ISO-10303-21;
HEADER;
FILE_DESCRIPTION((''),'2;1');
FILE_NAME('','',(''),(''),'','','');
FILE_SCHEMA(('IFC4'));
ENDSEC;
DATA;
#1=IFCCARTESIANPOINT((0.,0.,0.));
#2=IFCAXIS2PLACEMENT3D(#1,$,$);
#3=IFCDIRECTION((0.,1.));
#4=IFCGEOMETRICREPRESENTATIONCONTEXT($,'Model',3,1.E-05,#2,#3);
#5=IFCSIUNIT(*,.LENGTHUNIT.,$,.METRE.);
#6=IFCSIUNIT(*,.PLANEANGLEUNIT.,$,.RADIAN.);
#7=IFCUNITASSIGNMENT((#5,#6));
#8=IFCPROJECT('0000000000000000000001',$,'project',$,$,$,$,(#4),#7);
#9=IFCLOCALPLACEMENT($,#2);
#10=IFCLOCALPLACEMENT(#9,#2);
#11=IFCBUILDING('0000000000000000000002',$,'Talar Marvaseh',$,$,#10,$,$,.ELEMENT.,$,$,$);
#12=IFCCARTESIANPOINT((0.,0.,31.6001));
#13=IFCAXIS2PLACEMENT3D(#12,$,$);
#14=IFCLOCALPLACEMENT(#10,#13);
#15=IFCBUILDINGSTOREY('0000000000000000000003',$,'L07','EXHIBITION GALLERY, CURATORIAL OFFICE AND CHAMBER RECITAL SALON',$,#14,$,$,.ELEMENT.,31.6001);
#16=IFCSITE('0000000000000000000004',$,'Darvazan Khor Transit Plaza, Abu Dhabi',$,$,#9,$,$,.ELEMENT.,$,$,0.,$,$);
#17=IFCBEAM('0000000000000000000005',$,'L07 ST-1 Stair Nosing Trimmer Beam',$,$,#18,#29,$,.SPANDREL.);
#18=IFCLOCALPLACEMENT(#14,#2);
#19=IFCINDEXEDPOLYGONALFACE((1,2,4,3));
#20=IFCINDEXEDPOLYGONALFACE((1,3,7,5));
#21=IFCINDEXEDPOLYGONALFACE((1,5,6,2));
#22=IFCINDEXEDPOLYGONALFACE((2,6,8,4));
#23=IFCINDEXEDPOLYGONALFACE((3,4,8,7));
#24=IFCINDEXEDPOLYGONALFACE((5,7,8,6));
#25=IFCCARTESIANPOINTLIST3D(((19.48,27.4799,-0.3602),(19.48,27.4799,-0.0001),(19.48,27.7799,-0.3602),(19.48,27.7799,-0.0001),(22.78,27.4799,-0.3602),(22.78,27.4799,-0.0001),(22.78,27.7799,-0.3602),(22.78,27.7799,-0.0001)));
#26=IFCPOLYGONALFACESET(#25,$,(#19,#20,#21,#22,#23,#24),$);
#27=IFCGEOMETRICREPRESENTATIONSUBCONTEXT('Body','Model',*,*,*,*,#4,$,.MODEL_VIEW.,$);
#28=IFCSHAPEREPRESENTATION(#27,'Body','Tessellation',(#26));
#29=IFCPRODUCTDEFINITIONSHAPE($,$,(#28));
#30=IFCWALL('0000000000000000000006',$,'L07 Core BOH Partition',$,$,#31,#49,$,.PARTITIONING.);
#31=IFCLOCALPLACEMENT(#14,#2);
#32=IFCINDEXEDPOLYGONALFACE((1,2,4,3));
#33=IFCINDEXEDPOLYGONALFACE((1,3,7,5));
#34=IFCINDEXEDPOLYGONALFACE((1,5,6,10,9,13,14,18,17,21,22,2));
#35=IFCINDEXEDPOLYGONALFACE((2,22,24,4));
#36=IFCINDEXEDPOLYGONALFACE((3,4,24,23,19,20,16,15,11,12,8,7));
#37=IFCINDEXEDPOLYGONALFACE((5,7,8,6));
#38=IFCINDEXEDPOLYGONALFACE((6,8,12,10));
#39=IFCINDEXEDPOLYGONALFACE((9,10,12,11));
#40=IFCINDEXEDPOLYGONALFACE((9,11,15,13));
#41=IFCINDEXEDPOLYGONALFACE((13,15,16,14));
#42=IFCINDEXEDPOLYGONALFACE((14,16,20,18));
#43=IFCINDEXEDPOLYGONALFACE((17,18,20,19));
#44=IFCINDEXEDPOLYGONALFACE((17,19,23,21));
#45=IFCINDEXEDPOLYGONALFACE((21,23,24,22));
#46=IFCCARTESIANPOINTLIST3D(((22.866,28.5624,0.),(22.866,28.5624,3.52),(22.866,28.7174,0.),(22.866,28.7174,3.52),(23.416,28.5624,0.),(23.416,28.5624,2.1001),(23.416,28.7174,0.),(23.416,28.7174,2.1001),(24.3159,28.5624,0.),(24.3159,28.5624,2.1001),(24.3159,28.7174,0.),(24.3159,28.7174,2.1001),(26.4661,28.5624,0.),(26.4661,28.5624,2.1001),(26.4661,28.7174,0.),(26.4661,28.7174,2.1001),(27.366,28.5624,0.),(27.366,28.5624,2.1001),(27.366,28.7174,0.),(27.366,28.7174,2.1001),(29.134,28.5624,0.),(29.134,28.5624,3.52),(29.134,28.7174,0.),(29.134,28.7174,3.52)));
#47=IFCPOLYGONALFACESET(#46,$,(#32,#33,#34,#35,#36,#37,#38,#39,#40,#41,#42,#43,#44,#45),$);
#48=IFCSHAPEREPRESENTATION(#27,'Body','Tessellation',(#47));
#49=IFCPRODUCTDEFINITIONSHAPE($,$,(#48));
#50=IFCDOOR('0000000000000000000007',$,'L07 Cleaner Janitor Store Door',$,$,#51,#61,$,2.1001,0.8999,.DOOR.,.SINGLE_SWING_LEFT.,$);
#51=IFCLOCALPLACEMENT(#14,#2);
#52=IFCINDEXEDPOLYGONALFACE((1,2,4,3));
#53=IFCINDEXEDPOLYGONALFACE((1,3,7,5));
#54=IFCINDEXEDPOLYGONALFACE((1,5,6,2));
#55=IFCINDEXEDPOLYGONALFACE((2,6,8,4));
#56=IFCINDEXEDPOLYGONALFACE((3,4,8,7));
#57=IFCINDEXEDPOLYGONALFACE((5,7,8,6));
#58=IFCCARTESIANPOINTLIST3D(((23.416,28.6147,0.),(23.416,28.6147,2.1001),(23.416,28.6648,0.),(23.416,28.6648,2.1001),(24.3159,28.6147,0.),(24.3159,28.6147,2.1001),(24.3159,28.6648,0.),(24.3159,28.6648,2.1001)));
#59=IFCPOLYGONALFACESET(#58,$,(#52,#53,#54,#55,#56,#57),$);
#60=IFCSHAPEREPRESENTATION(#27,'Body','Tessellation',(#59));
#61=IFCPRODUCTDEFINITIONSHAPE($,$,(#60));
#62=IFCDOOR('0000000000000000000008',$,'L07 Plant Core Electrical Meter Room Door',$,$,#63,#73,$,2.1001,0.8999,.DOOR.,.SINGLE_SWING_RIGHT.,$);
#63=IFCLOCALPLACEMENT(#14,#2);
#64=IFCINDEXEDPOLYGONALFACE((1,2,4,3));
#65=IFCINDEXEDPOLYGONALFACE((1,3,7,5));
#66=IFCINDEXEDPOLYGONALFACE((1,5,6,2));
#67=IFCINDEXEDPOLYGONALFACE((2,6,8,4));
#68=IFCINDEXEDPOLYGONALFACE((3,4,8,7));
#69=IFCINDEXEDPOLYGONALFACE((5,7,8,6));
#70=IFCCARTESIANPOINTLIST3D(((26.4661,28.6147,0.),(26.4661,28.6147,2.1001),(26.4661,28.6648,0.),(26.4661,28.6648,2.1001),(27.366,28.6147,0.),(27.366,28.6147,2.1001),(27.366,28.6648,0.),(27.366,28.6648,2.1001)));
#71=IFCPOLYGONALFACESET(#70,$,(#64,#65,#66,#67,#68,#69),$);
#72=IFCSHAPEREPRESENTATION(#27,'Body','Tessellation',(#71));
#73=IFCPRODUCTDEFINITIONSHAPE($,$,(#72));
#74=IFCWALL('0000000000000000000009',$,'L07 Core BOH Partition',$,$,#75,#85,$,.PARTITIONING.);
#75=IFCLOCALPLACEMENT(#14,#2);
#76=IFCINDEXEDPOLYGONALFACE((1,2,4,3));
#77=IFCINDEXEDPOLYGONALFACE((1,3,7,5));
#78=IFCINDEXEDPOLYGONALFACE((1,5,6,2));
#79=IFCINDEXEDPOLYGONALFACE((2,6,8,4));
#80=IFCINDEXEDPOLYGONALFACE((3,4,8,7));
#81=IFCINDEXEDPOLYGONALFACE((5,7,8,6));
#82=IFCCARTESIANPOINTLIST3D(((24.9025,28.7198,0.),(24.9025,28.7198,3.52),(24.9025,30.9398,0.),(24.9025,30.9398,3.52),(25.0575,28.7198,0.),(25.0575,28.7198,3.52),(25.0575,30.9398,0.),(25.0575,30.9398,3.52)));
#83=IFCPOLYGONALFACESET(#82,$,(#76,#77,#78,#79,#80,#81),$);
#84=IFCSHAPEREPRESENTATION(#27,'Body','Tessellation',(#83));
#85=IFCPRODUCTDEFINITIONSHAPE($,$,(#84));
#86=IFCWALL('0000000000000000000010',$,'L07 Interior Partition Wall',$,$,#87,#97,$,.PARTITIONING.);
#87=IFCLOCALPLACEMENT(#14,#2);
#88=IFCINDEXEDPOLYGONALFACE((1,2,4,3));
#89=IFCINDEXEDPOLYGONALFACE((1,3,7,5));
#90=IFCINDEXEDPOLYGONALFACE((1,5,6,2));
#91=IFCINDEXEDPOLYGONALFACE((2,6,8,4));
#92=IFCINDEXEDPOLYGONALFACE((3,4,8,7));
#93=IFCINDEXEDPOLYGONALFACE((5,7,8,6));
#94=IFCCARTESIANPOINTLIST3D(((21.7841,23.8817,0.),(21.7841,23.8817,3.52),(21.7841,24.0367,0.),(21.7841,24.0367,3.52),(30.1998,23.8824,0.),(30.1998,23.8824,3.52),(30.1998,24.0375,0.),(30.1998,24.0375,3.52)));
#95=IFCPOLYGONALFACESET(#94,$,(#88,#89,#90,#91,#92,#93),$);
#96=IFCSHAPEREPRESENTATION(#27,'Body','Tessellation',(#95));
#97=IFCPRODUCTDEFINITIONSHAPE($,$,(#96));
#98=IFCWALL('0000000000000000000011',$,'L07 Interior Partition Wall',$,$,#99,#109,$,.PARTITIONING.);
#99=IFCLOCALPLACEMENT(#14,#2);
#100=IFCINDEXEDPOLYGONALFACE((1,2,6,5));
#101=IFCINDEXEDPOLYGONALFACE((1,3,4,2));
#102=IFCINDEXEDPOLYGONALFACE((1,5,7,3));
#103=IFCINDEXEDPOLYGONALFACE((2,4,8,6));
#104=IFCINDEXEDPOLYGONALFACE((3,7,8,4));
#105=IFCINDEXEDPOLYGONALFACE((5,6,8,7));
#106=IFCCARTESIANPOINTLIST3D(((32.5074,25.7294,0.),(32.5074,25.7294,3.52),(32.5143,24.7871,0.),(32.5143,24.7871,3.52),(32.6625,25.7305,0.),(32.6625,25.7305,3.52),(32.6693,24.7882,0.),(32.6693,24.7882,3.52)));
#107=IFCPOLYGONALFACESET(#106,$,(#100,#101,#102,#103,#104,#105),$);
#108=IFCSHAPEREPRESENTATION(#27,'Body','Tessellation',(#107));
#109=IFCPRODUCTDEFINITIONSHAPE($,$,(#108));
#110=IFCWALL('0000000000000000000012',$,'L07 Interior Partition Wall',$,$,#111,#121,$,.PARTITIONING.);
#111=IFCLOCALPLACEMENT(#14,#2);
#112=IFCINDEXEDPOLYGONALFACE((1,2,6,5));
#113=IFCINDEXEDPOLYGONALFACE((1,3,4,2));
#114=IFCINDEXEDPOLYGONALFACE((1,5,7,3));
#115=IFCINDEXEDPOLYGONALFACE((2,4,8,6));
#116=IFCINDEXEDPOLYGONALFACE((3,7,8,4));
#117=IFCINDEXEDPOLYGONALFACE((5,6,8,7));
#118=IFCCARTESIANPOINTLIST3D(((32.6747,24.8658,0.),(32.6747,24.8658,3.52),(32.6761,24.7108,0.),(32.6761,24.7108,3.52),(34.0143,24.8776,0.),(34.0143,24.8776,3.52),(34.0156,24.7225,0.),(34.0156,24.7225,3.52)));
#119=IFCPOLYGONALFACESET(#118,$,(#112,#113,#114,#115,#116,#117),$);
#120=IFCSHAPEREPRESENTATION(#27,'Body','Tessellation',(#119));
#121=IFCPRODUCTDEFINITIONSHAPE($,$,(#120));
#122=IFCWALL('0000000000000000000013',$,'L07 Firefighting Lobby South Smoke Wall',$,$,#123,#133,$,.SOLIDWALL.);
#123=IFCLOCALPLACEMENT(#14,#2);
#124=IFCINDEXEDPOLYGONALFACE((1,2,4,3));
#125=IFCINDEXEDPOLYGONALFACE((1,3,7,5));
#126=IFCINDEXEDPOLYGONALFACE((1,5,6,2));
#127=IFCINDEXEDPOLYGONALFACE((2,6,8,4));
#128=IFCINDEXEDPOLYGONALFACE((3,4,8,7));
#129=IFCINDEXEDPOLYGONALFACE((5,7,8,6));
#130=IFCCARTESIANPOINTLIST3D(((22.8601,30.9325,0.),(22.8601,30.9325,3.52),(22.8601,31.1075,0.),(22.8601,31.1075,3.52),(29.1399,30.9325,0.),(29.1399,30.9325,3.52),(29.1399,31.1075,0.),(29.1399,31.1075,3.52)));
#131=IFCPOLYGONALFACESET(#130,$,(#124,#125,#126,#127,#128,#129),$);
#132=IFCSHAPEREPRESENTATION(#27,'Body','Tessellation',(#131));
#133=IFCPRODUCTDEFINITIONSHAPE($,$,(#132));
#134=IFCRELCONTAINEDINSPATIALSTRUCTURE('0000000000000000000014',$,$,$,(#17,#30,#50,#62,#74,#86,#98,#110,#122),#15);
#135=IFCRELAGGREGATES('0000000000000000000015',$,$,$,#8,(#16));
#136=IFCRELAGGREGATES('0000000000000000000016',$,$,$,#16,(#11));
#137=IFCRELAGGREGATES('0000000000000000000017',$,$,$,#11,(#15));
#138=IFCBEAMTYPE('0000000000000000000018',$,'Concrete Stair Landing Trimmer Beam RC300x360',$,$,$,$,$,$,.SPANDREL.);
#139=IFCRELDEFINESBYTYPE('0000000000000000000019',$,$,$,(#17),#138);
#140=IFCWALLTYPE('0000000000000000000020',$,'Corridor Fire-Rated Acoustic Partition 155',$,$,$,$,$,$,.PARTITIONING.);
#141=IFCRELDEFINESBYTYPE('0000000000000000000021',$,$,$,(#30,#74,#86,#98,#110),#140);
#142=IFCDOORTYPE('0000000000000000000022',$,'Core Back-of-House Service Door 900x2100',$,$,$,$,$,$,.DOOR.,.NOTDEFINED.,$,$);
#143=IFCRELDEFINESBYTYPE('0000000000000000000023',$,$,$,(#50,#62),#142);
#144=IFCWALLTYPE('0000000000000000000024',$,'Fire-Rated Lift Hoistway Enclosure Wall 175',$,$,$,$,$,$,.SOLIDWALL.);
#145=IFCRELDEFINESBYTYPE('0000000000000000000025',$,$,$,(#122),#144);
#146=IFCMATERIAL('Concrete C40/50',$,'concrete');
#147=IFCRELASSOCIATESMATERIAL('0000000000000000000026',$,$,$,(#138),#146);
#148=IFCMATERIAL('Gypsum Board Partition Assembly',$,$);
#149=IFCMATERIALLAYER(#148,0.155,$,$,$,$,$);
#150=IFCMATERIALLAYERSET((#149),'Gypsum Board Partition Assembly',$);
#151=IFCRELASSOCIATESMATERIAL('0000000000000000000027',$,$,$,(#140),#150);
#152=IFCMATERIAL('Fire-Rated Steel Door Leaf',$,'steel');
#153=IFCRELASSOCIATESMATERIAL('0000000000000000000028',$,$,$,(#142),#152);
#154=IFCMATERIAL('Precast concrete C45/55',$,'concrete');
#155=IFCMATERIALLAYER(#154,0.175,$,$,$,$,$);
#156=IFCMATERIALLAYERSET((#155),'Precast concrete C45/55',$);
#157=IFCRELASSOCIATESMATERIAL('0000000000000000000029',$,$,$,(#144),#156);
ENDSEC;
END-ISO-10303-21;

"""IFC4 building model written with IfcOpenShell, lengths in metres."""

from ifc_helpers import new_model, si_unit, direction, frame, frame_2d, origin, origin_2d, place, context, subcontext, project, spatial, rectangle, extrude, source, transform, mapped, material, layer, layer_set, material_profile, profile_set, type_object, type_shapes, element, fill, save


model = new_model("IFC4")

# Units and contexts
model_context = context("Model", 3, precision=1e-05, world=origin(), true_north=direction((0.0, 1.0)))
body_context = subcontext(model_context, "Body", "Model", "MODEL_VIEW")
ifc_project = project(units=[si_unit("LENGTHUNIT", "METRE"), si_unit("PLANEANGLEUNIT", "RADIAN")], contexts=[model_context])

# Site, building, storey
site_placement = place(None, origin())
site = spatial("IfcSite", under=ifc_project, at=site_placement, Name="Darvazan Khor Transit Plaza, Abu Dhabi", CompositionType="ELEMENT", RefElevation=0.0)
building_placement = place(site_placement, origin())
building = spatial("IfcBuilding", under=site, at=building_placement, Name="Talar Marvaseh", CompositionType="ELEMENT")
storey_placement = place(building_placement, frame((0.0, 0.0, 31.6001)))
storey = spatial("IfcBuildingStorey", under=building, at=storey_placement, Name="L07", Description="EXHIBITION GALLERY, CURATORIAL OFFICE AND CHAMBER RECITAL SALON", CompositionType="ELEMENT", Elevation=31.6001)

# Beam
ifc_material_1 = material(Name="Concrete C40/50", Category="concrete")
ifc_material_profile = material_profile(ifc_material_1, rectangle(XDim=0.3, YDim=0.3601, at=origin_2d()), Name="RC300x360")
ifc_profile_set = profile_set([ifc_material_profile], Name="Concrete C40/50")
beam_type = type_object("IfcBeamType", Name="Concrete Stair Landing Trimmer Beam RC300x360", PredefinedType="SPANDREL", material=ifc_profile_set)
beam_placement = place(storey_placement, frame((22.78, 27.6299, -0.1802), z_axis=(-1.0, 0.0, 0.0), x_axis=(0.0, -1.0, 0.0)))
element("IfcBeam", 1, at=beam_placement, inside=storey, type_object=beam_type, Name="L07 ST-1 Stair Nosing Trimmer Beam", PredefinedType="SPANDREL", context=body_context, shape_type="SweptSolid", body=[
    extrude(rectangle(XDim=0.3, YDim=0.3601, at=origin_2d()), origin(), (0.0, 0.0, 1.0), 3.3),
])

# Wall, openings, doors
ifc_material_2 = material(Name="Gypsum Board Partition Assembly")
ifc_layer_1 = layer(ifc_material_2, 0.155)
ifc_layer_set_1 = layer_set([ifc_layer_1], Name="Gypsum Board Partition Assembly")
wall_type_1 = type_object("IfcWallType", Name="Corridor Fire-Rated Acoustic Partition 155", PredefinedType="PARTITIONING", material=ifc_layer_set_1)
wall_1_placement = place(storey_placement, frame((22.866, 28.6399, 0.0), z_axis=(0.0, 0.0, 1.0), x_axis=(1.0, 0.0, 0.0)))
wall_1 = element("IfcWall", 2, at=wall_1_placement, inside=storey, type_object=wall_type_1, Name="L07 Core BOH Partition", PredefinedType="PARTITIONING", context=body_context, shape_type="SweptSolid", body=[
    extrude(rectangle(XDim=6.2681, YDim=0.155, at=frame_2d((3.134, 0.0))), origin(), (0.0, 0.0, 1.0), 3.52),
])
opening_1_placement = place(wall_1_placement, frame((0.55, 0.0, 0.0)))
opening_1 = element("IfcOpeningElement", 3, at=opening_1_placement, cuts=wall_1, PredefinedType="OPENING", context=body_context, shape_type="SweptSolid", body=[
    extrude(rectangle(XDim=0.8999, YDim=2.1001, at=frame_2d((0.45, 1.05))), frame((0.0, 0.0874, 0.0), z_axis=(0.0, -1.0, 0.0), x_axis=(1.0, 0.0, 0.0)), (0.0, 0.0, 1.0), 0.175),
])
opening_2_placement = place(wall_1_placement, frame((3.6001, 0.0, 0.0)))
opening_2 = element("IfcOpeningElement", 4, at=opening_2_placement, cuts=wall_1, PredefinedType="OPENING", context=body_context, shape_type="SweptSolid", body=[
    extrude(rectangle(XDim=0.8999, YDim=2.1001, at=frame_2d((0.45, 1.05))), frame((0.0, 0.0874, 0.0), z_axis=(0.0, -1.0, 0.0), x_axis=(1.0, 0.0, 0.0)), (0.0, 0.0, 1.0), 0.175),
])
ifc_material_3 = material(Name="Fire-Rated Steel Door Leaf", Category="steel")
door_type_1 = type_object("IfcDoorType", Name="Core Back-of-House Service Door 900x2100", OperationType="NOTDEFINED", PredefinedType="DOOR", material=ifc_material_3)
shared_shape_1 = source(origin(), body_context, "Body", "SweptSolid", [
    extrude(rectangle(XDim=0.8999, YDim=2.1001, at=frame_2d((0.45, 1.05))), frame((0.0, 0.0249, 0.0), z_axis=(0.0, -1.0, 0.0), x_axis=(1.0, 0.0, 0.0)), (0.0, 0.0, 1.0), 0.05),
])
type_shapes(door_type_1, [shared_shape_1])
door_1_placement = place(opening_1_placement, origin())
door_1 = element("IfcDoor", 5, at=door_1_placement, inside=storey, type_object=door_type_1, Name="L07 Cleaner Janitor Store Door", OperationType="SINGLE_SWING_LEFT", OverallHeight=2.1001, OverallWidth=0.8999, PredefinedType="DOOR", context=body_context, shape_type="MappedRepresentation", body=[
    mapped(shared_shape_1, transform((0.0, 0.0, 0.0), x_axis=(1.0, 0.0, 0.0), y_axis=(0.0, 1.0, 0.0), z_axis=(0.0, 0.0, 1.0), scale=1.0)),
])
fill(opening_1, door_1)
door_2_placement = place(opening_2_placement, origin())
door_2 = element("IfcDoor", 6, at=door_2_placement, inside=storey, type_object=door_type_1, Name="L07 Plant Core Electrical Meter Room Door", OperationType="SINGLE_SWING_RIGHT", OverallHeight=2.1001, OverallWidth=0.8999, PredefinedType="DOOR", context=body_context, shape_type="MappedRepresentation", body=[
    mapped(shared_shape_1, transform((0.0, 0.0, 0.0), x_axis=(1.0, 0.0, 0.0), y_axis=(0.0, 1.0, 0.0), z_axis=(0.0, 0.0, 1.0), scale=1.0)),
])
fill(opening_2, door_2)

# Walls
wall_2_placement = place(storey_placement, frame((24.98, 28.72, 0.0), z_axis=(0.0, 0.0, 1.0), x_axis=(0.0, 1.0, 0.0)))
element("IfcWall", 7, at=wall_2_placement, inside=storey, type_object=wall_type_1, Name="L07 Core BOH Partition", PredefinedType="PARTITIONING", context=body_context, shape_type="SweptSolid", body=[
    extrude(rectangle(XDim=2.22, YDim=0.155, at=frame_2d((1.1099, 0.0))), origin(), (0.0, 0.0, 1.0), 3.52),
])
wall_3_placement = place(storey_placement, frame((30.2, 23.96, 0.0), z_axis=(0.0, 0.0, 1.0), x_axis=(-1.0, -0.000087, 0.0)))
element("IfcWall", 8, at=wall_3_placement, inside=storey, type_object=wall_type_1, Name="L07 Interior Partition Wall", PredefinedType="PARTITIONING", context=body_context, shape_type="SweptSolid", body=[
    extrude(rectangle(XDim=8.4158, YDim=0.155, at=frame_2d((4.208, 0.0))), origin(), (0.0, 0.0, 1.0), 3.52),
])
wall_4_placement = place(storey_placement, frame((32.585, 25.73, 0.0), z_axis=(0.0, 0.0, 1.0), x_axis=(0.007254, -0.999974, 0.0)))
element("IfcWall", 9, at=wall_4_placement, inside=storey, type_object=wall_type_1, Name="L07 Interior Partition Wall", PredefinedType="PARTITIONING", context=body_context, shape_type="SweptSolid", body=[
    extrude(rectangle(XDim=0.9424, YDim=0.155, at=frame_2d((0.4712, 0.0))), origin(), (0.0, 0.0, 1.0), 3.52),
])
wall_5_placement = place(storey_placement, frame((32.6753, 24.7883, 0.0), z_axis=(0.0, 0.0, 1.0), x_axis=(0.999962, 0.008748, 0.0)))
element("IfcWall", 10, at=wall_5_placement, inside=storey, type_object=wall_type_1, Name="L07 Interior Partition Wall", PredefinedType="PARTITIONING", context=body_context, shape_type="SweptSolid", body=[
    extrude(rectangle(XDim=1.3396, YDim=0.155, at=frame_2d((0.6699, 0.0))), origin(), (0.0, 0.0, 1.0), 3.52),
])
ifc_material_4 = material(Name="Precast concrete C45/55", Category="concrete")
ifc_layer_2 = layer(ifc_material_4, 0.175)
ifc_layer_set_2 = layer_set([ifc_layer_2], Name="Precast concrete C45/55")
wall_type_2 = type_object("IfcWallType", Name="Fire-Rated Lift Hoistway Enclosure Wall 175", PredefinedType="SOLIDWALL", material=ifc_layer_set_2)
wall_6_placement = place(storey_placement, frame((22.8601, 31.02, 0.0), z_axis=(0.0, 0.0, 1.0), x_axis=(1.0, 0.0, 0.0)))
element("IfcWall", 11, at=wall_6_placement, inside=storey, type_object=wall_type_2, Name="L07 Firefighting Lobby South Smoke Wall", PredefinedType="SOLIDWALL", context=body_context, shape_type="SweptSolid", body=[
    extrude(rectangle(XDim=6.2798, YDim=0.175, at=frame_2d((3.1399, 0.0))), origin(), (0.0, 0.0, 1.0), 3.52),
])

save(model, "model.ifc")
